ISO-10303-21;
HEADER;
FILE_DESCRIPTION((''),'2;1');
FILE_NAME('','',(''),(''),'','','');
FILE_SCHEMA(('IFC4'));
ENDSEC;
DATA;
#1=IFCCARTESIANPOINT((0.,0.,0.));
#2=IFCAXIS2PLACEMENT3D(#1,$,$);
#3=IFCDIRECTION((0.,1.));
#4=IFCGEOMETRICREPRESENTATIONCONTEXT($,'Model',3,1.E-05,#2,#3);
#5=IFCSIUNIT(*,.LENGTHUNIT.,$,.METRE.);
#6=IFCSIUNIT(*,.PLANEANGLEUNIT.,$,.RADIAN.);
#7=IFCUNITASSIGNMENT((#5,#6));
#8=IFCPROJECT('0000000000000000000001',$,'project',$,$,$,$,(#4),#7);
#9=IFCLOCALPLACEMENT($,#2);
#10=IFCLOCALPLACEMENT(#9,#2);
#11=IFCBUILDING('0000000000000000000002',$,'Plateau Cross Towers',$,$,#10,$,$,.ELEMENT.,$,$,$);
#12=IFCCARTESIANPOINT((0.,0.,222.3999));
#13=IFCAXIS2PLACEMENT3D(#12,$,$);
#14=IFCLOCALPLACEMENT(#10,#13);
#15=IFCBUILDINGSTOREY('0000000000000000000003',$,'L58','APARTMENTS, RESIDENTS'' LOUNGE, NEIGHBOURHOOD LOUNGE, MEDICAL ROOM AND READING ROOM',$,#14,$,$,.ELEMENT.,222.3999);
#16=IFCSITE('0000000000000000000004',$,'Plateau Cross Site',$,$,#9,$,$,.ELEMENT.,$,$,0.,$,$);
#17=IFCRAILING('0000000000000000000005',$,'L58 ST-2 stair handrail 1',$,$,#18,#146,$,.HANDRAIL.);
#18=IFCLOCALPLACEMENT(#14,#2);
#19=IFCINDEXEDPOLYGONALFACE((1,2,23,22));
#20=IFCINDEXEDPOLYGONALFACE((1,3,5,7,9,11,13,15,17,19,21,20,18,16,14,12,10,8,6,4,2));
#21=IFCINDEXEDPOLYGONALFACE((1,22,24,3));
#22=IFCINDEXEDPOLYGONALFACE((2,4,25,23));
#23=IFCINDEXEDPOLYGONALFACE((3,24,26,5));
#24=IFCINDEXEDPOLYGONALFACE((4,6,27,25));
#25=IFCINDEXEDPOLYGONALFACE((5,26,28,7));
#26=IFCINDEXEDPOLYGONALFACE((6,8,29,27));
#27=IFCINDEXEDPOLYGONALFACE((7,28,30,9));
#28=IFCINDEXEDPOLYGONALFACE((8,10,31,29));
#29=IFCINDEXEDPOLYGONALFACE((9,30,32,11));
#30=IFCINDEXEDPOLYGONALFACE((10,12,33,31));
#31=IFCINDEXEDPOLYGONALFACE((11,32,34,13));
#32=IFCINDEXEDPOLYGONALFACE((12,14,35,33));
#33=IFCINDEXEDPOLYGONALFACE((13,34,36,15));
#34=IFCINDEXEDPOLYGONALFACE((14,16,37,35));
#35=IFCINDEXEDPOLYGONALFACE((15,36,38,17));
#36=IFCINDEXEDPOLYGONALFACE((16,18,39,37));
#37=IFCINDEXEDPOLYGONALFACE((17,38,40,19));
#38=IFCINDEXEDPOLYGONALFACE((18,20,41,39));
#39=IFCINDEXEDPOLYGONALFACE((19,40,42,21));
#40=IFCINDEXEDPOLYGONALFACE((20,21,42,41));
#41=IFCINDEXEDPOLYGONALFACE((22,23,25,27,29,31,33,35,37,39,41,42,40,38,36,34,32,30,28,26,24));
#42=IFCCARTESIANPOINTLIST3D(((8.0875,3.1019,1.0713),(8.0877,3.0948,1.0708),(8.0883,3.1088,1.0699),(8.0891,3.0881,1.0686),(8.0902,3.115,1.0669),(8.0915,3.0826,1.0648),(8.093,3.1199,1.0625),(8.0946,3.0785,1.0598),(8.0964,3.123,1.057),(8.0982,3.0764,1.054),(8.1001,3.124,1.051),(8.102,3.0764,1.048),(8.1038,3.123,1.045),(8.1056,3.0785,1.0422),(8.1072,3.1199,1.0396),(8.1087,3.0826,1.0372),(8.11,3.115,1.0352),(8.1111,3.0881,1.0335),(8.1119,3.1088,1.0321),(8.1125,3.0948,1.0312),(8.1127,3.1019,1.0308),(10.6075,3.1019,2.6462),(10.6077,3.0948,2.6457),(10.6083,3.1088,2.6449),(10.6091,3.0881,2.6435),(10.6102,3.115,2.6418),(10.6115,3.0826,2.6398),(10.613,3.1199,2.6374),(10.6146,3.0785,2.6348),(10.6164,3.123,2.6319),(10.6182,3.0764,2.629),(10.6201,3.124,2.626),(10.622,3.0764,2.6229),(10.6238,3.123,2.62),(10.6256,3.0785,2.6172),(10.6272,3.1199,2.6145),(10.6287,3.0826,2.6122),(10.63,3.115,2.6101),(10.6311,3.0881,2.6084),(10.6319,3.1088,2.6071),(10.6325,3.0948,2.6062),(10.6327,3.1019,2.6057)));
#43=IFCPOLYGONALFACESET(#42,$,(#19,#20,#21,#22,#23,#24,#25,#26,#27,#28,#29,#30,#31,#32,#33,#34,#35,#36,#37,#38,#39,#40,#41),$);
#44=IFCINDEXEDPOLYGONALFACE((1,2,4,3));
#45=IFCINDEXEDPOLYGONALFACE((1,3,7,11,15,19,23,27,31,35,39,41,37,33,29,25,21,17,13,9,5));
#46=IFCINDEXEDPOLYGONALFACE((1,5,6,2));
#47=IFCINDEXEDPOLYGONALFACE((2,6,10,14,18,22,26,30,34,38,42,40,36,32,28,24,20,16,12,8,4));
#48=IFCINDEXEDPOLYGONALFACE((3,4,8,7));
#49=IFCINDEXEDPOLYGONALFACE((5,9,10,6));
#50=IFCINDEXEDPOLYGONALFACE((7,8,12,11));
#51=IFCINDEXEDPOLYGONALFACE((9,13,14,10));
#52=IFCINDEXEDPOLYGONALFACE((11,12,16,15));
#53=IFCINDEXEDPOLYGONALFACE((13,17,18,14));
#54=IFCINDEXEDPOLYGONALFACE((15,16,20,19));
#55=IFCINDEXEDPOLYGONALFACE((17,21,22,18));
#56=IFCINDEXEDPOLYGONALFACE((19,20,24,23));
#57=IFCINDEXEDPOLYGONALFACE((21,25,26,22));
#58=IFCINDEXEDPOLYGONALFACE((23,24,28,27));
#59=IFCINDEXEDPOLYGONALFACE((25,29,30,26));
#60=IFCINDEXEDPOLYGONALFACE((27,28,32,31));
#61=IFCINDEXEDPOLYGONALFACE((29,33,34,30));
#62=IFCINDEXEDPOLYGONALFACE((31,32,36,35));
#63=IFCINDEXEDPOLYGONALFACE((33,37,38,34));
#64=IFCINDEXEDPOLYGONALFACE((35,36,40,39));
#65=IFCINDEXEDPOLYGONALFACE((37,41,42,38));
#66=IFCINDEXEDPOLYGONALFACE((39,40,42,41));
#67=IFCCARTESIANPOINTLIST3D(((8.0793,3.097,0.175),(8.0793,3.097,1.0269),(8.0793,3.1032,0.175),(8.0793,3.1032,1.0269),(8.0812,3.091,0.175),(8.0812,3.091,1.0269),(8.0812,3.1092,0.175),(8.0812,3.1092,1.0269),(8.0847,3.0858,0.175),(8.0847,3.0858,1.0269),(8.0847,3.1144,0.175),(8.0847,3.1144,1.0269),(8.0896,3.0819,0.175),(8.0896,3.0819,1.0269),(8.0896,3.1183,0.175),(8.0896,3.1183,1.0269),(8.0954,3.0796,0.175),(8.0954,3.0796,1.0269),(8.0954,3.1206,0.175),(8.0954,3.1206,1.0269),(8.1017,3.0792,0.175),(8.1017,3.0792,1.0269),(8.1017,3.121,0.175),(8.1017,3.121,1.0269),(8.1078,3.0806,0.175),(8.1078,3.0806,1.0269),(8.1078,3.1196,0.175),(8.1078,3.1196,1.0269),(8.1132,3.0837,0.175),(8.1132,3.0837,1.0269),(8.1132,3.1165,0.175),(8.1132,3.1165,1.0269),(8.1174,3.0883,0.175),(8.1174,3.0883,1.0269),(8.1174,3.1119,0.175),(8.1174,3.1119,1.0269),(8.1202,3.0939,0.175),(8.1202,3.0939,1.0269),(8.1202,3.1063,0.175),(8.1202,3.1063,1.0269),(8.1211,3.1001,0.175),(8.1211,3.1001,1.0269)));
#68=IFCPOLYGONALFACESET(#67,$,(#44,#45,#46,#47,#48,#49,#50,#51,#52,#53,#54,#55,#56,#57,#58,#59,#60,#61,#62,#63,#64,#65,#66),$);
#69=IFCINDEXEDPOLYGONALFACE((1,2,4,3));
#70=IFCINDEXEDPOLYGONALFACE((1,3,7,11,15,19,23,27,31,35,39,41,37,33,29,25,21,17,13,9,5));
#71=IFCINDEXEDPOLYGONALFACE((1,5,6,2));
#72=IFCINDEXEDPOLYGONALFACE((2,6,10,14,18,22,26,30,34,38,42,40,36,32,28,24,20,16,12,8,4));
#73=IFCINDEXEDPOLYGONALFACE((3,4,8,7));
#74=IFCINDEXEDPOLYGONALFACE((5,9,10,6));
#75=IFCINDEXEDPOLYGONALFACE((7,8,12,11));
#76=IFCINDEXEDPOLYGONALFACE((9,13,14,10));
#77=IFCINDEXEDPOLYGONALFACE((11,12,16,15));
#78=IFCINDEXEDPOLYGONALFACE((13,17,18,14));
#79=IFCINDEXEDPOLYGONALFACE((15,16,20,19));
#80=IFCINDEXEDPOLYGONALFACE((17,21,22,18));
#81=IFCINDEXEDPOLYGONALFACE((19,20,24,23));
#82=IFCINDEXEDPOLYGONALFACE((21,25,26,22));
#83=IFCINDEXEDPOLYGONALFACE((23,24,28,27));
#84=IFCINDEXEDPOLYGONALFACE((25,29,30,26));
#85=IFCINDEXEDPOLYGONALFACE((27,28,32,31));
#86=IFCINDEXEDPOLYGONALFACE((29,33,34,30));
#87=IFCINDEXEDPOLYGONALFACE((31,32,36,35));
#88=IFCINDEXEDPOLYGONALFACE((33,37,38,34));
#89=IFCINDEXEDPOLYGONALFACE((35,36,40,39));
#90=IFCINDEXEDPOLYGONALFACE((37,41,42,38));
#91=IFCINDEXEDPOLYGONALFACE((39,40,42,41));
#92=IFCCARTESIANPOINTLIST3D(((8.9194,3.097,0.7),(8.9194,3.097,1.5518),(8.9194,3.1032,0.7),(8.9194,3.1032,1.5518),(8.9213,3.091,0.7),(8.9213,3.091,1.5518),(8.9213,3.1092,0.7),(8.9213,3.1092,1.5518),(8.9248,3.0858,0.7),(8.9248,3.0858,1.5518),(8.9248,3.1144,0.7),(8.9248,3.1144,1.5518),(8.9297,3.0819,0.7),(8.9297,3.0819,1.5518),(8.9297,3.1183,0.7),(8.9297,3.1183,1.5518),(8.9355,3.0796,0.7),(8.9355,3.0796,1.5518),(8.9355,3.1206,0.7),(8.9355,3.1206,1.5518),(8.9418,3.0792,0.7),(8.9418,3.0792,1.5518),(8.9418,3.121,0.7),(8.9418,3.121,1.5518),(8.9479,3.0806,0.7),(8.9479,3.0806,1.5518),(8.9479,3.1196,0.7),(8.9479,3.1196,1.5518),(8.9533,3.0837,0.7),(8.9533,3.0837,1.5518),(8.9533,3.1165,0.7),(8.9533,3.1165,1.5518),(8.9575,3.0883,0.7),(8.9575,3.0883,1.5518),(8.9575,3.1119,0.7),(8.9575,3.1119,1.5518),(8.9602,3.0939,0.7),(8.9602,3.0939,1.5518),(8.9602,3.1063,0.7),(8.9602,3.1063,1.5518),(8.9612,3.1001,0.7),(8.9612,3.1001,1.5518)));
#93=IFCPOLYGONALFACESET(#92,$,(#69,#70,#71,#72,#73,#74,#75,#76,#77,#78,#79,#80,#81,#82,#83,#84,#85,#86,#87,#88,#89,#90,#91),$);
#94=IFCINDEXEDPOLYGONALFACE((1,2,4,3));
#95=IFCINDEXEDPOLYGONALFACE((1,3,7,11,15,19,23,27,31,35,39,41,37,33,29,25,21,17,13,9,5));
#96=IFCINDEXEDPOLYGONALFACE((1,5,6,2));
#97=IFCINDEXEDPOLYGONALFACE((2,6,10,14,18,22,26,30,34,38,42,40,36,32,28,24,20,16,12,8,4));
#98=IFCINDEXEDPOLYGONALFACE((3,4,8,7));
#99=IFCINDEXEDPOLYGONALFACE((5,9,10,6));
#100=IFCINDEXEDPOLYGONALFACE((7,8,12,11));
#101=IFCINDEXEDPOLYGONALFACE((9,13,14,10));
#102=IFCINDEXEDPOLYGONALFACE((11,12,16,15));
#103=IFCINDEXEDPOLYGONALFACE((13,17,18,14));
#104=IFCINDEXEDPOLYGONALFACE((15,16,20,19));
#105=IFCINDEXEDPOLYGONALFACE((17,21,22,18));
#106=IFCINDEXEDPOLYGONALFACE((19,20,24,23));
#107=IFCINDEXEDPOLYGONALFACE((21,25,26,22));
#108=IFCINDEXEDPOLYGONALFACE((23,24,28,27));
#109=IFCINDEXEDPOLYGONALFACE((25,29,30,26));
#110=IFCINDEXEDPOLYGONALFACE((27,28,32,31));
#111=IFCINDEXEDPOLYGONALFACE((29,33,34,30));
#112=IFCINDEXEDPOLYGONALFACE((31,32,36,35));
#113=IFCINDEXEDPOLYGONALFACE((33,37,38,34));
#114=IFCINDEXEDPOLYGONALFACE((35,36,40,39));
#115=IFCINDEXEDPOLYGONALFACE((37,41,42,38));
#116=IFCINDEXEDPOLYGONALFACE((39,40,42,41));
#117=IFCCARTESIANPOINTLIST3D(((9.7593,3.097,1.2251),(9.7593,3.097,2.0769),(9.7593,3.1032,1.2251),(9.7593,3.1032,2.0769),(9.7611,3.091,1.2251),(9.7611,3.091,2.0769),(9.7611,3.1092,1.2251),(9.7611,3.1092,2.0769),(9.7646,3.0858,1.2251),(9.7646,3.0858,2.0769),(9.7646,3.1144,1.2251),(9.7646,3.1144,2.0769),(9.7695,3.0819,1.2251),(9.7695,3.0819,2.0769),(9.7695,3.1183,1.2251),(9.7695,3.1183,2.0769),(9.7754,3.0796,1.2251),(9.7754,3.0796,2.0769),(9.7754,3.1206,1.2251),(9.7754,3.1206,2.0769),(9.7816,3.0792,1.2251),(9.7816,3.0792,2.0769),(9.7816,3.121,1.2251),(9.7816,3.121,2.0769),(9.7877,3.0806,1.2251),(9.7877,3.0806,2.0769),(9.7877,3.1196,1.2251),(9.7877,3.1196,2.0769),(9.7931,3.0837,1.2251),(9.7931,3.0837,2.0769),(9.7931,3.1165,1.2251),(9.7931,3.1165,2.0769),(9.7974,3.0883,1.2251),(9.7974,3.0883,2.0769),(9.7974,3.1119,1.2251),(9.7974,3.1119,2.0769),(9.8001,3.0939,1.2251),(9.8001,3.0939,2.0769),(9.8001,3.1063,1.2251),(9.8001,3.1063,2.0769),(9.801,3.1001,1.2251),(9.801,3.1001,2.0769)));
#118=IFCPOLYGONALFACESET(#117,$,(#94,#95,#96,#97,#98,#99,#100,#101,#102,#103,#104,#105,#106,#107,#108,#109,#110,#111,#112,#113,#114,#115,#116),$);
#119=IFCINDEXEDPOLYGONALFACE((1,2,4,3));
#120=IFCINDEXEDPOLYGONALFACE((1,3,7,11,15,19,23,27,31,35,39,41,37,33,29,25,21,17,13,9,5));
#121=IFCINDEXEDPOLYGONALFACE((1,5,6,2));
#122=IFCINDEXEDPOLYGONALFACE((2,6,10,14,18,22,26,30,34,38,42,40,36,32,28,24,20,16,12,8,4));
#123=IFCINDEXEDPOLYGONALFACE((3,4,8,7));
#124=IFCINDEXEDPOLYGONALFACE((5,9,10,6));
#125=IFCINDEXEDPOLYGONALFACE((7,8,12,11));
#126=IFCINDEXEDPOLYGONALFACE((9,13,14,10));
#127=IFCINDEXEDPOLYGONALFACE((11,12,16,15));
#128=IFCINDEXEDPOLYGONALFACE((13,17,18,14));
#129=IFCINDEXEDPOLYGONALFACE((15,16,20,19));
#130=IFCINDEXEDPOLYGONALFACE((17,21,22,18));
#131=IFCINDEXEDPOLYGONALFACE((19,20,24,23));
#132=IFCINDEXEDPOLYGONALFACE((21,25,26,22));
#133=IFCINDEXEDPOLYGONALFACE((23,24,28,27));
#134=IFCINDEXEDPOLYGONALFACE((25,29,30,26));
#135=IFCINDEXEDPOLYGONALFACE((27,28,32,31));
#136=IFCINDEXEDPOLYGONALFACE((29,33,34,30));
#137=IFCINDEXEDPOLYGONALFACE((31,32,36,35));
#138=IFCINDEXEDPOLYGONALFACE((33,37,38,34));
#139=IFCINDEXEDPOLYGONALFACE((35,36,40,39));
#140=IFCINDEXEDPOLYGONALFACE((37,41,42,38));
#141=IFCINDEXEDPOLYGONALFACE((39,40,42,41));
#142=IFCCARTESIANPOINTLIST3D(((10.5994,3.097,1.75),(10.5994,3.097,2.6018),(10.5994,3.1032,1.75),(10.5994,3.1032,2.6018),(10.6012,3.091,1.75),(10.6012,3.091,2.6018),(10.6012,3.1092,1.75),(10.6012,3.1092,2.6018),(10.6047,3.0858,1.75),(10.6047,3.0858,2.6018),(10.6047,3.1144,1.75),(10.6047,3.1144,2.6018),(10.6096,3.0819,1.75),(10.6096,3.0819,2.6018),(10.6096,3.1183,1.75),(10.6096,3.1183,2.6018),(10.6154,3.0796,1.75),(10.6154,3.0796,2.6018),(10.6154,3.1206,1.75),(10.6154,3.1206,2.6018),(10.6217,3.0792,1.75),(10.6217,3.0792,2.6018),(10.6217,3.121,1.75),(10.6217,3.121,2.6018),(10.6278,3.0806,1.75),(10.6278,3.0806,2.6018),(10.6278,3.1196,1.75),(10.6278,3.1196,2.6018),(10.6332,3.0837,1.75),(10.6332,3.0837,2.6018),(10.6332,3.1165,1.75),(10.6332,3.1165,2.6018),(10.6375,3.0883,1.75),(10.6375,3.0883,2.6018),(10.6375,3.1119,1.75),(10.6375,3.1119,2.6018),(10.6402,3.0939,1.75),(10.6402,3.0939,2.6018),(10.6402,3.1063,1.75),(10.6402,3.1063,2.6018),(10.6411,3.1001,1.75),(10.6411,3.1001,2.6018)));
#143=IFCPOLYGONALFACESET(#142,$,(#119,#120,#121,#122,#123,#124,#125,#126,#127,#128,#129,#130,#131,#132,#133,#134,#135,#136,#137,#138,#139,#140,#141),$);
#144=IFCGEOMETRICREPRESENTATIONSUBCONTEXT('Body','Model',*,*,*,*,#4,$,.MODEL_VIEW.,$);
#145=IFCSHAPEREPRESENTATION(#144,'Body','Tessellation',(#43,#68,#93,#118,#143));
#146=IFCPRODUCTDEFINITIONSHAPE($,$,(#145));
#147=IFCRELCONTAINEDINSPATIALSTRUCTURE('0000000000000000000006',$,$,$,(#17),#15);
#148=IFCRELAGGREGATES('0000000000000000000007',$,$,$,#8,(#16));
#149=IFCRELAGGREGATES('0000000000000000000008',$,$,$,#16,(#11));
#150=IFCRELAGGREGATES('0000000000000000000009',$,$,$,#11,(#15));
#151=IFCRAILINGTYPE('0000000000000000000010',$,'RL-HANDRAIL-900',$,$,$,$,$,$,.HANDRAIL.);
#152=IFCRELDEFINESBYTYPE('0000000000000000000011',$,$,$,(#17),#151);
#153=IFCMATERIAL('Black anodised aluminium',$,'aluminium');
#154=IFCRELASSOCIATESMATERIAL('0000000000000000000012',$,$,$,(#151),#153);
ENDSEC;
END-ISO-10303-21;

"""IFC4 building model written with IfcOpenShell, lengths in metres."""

from ifc_helpers import new_model, si_unit, direction, frame, origin, origin_2d, place, context, subcontext, project, spatial, circle, extrude, material, type_object, element, save


model = new_model("IFC4")

# Units and contexts
model_context = context("Model", 3, precision=1e-05, world=origin(), true_north=direction((0.0, 1.0)))
body_context = subcontext(model_context, "Body", "Model", "MODEL_VIEW")
ifc_project = project(units=[si_unit("LENGTHUNIT", "METRE"), si_unit("PLANEANGLEUNIT", "RADIAN")], contexts=[model_context])

# Site, building, storey
site_placement = place(None, origin())
site = spatial("IfcSite", under=ifc_project, at=site_placement, Name="Plateau Cross Site", CompositionType="ELEMENT", RefElevation=0.0)
building_placement = place(site_placement, origin())
building = spatial("IfcBuilding", under=site, at=building_placement, Name="Plateau Cross Towers", CompositionType="ELEMENT")
storey_placement = place(building_placement, frame((0.0, 0.0, 222.3999)))
storey = spatial("IfcBuildingStorey", under=building, at=storey_placement, Name="L58", Description="APARTMENTS, RESIDENTS' LOUNGE, NEIGHBOURHOOD LOUNGE, MEDICAL ROOM AND READING ROOM", CompositionType="ELEMENT", Elevation=222.3999)

# Shared definitions
ifc_material_1 = material(Name="Black anodised aluminium", Category="aluminium")

# Railing
railing_type_1 = type_object("IfcRailingType", Name="RL-HANDRAIL-900", PredefinedType="HANDRAIL", material=ifc_material_1)
railing_1_placement = place(storey_placement, frame((8.1001, 3.1001, 0.175)))
element("IfcRailing", 1, at=railing_1_placement, inside=storey, type_object=railing_type_1, Name="L58 ST-2 stair handrail 1", PredefinedType="HANDRAIL", context=body_context, shape_type="SweptSolid", body=[
    extrude(circle(Radius=0.0239, at=origin_2d()), frame((0.0, 0.0, 0.876), z_axis=(0.848008, 0.0, 0.529984), x_axis=(0.0, 1.0, 0.0)), (0.0, 0.0, 1.0), 2.9717),
    extrude(circle(Radius=0.021, at=origin_2d()), origin(), (0.0, 0.0, 1.0), 0.8518),
    extrude(circle(Radius=0.021, at=origin_2d()), frame((0.8401, 0.0, 0.5249)), (0.0, 0.0, 1.0), 0.8518),
    extrude(circle(Radius=0.021, at=origin_2d()), frame((1.6799, 0.0, 1.05)), (0.0, 0.0, 1.0), 0.8518),
    extrude(circle(Radius=0.021, at=origin_2d()), frame((2.52, 0.0, 1.575)), (0.0, 0.0, 1.0), 0.8518),
])

save(model, "model.ifc")
